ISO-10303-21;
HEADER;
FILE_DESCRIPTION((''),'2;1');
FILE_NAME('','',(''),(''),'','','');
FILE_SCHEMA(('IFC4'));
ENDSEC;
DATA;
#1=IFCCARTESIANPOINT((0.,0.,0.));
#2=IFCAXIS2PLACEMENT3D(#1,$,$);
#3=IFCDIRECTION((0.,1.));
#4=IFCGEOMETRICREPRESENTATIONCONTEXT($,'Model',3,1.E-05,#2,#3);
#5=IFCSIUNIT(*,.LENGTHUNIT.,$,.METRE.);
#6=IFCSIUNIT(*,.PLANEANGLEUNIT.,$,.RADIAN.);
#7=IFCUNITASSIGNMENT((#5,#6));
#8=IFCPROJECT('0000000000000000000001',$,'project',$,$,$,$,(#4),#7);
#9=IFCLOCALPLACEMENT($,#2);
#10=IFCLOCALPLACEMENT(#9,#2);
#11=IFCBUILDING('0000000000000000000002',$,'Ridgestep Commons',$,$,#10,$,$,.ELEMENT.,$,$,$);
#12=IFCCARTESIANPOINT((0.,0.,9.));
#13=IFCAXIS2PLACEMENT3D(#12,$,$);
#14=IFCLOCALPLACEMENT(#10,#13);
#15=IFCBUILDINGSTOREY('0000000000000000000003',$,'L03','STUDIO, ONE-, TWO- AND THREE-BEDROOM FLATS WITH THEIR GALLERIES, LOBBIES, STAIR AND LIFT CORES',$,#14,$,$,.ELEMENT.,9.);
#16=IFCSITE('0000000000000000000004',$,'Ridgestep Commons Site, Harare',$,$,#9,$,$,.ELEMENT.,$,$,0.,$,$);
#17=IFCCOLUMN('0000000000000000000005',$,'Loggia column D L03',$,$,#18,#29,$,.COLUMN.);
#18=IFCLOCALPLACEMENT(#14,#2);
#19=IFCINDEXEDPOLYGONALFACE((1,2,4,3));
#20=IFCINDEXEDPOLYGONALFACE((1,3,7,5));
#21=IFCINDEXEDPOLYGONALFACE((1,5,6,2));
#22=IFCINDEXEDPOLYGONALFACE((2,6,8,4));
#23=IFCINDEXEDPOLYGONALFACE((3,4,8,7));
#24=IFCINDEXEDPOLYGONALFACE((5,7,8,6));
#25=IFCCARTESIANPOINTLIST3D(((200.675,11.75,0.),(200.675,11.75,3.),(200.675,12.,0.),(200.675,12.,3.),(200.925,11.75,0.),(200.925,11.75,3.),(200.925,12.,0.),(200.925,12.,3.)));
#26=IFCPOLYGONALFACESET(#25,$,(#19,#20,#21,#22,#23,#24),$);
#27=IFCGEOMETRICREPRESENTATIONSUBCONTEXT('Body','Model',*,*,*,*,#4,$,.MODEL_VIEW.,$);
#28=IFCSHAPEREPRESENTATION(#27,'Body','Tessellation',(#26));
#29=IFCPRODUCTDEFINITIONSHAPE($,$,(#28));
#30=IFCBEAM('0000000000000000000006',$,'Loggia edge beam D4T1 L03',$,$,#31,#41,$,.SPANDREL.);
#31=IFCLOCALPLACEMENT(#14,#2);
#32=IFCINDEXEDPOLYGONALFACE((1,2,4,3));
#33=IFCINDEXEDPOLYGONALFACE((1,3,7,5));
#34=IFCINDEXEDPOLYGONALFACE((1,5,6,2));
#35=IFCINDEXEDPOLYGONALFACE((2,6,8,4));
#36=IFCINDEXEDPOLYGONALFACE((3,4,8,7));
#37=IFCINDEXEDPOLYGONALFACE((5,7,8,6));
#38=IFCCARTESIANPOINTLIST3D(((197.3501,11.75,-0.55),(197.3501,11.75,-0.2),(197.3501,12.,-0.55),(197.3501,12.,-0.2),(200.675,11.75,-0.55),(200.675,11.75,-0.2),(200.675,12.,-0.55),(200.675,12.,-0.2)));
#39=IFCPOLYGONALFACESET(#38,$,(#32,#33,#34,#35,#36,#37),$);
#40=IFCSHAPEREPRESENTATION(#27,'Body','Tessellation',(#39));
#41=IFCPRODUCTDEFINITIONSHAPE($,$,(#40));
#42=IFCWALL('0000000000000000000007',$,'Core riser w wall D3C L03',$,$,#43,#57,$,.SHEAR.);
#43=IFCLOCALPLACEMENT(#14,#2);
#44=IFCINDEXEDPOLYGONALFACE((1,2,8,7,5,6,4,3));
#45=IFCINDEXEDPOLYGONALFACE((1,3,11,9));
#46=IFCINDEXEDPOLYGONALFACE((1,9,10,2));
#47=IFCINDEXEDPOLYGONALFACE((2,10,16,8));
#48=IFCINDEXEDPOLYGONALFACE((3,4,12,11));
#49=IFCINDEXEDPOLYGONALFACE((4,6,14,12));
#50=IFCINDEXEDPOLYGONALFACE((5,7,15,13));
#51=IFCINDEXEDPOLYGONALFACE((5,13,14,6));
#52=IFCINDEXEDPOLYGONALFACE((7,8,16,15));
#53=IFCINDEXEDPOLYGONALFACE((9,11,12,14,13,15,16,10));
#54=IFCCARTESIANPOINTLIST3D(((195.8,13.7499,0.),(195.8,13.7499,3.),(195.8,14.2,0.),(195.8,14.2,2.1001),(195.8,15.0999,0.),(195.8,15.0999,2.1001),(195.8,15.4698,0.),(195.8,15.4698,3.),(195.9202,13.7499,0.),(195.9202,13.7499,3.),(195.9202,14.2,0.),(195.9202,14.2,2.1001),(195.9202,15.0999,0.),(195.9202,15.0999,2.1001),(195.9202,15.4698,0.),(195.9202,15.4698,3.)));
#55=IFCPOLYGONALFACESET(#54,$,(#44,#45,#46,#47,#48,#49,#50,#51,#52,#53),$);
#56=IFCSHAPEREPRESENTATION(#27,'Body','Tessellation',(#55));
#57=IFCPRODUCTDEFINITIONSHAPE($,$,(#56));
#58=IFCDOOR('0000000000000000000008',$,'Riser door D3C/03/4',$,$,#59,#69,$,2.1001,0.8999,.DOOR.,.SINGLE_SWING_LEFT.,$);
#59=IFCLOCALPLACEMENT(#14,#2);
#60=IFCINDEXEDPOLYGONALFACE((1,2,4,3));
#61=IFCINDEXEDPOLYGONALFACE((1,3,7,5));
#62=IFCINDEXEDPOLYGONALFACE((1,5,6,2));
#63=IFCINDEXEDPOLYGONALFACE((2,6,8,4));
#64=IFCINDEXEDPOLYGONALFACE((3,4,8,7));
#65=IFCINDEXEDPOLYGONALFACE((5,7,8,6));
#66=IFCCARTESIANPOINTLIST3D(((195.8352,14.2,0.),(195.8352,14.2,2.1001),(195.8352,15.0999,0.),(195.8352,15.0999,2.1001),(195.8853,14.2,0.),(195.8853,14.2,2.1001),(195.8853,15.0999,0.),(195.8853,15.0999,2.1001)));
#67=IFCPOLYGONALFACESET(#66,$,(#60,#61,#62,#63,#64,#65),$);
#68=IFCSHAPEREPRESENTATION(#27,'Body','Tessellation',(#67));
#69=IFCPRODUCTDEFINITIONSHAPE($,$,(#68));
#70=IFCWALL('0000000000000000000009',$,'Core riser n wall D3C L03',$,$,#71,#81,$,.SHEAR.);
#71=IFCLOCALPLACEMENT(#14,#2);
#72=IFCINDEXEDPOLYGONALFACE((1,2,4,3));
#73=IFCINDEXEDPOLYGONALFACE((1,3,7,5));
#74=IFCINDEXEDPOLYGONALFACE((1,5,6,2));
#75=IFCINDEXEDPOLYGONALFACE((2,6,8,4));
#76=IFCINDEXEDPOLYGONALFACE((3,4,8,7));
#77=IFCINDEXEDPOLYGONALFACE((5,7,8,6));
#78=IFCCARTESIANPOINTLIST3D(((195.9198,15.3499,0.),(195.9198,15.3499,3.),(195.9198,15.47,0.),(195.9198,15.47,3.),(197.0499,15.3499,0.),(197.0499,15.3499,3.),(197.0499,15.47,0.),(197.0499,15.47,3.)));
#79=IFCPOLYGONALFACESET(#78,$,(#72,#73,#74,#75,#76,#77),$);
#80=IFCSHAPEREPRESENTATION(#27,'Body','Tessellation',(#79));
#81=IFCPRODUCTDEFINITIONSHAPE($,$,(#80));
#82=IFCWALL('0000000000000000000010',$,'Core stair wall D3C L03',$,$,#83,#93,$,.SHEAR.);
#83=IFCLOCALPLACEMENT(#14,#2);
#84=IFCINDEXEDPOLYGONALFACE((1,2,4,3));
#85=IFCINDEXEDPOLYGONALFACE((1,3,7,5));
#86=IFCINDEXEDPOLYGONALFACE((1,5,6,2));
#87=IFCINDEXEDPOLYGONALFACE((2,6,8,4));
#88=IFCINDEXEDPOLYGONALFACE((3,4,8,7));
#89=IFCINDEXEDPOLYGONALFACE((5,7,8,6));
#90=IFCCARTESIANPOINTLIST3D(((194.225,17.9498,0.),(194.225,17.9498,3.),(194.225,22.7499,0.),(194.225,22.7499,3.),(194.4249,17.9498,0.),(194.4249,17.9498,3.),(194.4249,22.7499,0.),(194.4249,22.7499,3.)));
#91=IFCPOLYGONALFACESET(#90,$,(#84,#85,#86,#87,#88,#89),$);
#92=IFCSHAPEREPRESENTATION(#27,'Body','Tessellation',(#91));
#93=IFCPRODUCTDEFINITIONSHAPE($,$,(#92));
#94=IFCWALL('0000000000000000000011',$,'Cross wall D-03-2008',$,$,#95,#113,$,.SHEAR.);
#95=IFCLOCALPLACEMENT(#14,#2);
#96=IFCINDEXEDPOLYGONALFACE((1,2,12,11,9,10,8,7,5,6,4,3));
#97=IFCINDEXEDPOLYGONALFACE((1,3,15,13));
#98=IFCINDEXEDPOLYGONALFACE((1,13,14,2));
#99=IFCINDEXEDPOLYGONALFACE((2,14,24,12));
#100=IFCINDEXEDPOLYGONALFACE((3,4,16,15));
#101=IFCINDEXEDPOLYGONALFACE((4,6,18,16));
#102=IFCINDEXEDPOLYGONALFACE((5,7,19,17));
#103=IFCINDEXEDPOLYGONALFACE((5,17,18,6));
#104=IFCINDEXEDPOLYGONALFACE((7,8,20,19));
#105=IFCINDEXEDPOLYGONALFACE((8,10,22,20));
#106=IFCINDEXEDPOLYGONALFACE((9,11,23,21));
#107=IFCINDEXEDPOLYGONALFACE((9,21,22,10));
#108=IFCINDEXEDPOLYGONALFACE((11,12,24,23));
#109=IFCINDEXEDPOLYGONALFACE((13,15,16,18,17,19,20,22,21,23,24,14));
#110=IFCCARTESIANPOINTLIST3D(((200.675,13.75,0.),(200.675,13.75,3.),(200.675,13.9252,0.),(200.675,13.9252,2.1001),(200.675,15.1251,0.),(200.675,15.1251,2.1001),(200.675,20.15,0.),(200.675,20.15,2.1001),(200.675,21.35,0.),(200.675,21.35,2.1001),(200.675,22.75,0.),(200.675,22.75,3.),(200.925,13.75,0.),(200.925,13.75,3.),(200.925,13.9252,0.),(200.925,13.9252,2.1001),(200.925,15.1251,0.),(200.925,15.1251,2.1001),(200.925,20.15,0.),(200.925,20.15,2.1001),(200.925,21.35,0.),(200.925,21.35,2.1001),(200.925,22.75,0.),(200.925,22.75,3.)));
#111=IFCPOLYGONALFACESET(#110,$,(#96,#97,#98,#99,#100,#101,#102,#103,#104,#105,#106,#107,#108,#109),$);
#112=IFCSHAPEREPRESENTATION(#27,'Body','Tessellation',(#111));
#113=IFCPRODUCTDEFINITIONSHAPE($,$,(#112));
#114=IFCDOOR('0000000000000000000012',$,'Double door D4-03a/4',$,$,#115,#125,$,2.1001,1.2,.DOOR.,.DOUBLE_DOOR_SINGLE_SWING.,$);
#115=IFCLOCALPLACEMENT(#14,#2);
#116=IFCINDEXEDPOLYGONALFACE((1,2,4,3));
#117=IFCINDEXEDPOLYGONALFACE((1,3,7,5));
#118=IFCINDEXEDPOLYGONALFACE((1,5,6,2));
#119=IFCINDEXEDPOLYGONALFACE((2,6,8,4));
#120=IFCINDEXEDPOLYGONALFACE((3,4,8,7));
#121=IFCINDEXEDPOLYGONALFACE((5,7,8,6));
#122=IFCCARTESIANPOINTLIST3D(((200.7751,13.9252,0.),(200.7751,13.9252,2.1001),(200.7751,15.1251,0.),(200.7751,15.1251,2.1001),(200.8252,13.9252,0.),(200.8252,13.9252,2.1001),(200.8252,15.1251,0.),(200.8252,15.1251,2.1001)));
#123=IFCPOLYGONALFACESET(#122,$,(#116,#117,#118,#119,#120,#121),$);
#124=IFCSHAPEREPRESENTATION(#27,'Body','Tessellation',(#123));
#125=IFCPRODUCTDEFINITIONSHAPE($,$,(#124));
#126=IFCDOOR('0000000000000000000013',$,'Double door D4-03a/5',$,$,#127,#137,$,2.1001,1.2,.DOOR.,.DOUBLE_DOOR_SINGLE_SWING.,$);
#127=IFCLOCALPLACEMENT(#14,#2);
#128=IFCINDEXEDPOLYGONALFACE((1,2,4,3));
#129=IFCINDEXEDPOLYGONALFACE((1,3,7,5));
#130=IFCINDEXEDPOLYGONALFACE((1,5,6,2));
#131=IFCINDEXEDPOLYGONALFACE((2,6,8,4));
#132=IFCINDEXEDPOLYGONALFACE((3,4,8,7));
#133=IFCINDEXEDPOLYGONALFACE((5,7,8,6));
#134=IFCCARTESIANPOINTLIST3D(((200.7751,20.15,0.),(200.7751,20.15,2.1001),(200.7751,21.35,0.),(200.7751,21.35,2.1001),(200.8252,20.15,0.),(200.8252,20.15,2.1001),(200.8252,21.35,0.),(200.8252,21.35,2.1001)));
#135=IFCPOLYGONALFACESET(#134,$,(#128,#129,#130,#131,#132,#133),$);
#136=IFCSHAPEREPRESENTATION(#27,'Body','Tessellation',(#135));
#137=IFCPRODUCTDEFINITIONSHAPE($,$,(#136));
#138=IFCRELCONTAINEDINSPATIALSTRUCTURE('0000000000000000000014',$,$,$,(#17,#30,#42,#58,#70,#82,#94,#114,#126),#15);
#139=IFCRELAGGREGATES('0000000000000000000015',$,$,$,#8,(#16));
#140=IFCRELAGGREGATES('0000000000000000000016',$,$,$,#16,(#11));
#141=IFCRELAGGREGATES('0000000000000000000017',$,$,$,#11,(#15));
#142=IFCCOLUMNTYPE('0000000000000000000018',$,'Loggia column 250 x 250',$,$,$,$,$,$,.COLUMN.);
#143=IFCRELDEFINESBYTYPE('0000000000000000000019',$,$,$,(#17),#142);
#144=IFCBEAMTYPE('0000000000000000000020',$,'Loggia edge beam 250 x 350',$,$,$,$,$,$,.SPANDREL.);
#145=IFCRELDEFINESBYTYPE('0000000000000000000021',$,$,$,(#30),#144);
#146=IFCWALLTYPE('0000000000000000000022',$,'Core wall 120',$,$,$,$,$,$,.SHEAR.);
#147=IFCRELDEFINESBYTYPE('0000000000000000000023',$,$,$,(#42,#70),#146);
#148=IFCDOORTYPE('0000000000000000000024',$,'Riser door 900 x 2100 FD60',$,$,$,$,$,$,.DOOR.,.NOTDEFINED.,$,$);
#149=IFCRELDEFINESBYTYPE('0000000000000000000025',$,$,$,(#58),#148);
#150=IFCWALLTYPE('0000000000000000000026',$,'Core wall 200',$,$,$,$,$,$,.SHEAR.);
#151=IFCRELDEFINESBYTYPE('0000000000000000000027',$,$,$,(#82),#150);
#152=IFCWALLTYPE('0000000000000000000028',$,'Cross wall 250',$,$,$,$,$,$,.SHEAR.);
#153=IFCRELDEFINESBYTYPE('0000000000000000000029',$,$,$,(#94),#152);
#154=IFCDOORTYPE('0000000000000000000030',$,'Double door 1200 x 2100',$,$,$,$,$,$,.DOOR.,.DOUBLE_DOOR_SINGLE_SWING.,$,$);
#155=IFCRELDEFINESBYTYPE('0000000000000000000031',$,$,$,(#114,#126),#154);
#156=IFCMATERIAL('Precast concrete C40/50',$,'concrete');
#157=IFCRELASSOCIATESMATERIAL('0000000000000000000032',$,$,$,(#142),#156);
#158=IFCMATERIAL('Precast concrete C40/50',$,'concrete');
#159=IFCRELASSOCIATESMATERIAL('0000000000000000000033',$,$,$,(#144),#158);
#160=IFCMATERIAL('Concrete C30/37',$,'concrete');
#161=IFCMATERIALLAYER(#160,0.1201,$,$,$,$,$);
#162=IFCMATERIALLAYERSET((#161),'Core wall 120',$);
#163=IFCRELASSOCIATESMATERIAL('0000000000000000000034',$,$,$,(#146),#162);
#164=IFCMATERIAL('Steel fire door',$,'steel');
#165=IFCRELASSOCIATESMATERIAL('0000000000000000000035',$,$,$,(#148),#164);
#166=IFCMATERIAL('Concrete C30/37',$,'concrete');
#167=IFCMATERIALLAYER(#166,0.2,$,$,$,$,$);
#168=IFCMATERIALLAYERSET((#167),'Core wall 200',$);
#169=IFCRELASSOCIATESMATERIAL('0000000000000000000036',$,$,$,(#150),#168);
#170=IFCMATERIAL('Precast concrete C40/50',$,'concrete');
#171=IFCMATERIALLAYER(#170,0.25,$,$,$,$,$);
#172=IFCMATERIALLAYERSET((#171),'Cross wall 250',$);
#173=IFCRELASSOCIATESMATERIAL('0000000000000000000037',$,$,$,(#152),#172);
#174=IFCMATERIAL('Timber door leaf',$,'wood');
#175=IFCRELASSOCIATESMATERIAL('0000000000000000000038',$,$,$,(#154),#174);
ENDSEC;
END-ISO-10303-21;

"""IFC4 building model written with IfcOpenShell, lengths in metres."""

from ifc_helpers import new_model, si_unit, direction, frame, frame_2d, origin, origin_2d, place, context, subcontext, project, spatial, rectangle, extrude, material, layer, layer_set, material_profile, profile_set, type_object, element, fill, save


model = new_model("IFC4")

# Units and contexts
model_context = context("Model", 3, precision=1e-05, world=origin(), true_north=direction((0.0, 1.0)))
body_context = subcontext(model_context, "Body", "Model", "MODEL_VIEW")
ifc_project = project(units=[si_unit("LENGTHUNIT", "METRE"), si_unit("PLANEANGLEUNIT", "RADIAN")], contexts=[model_context])

# Site, building, storey
site_placement = place(None, origin())
site = spatial("IfcSite", under=ifc_project, at=site_placement, Name="Ridgestep Commons Site, Harare", CompositionType="ELEMENT", RefElevation=0.0)
building_placement = place(site_placement, origin())
building = spatial("IfcBuilding", under=site, at=building_placement, Name="Ridgestep Commons", CompositionType="ELEMENT")
storey_placement = place(building_placement, frame((0.0, 0.0, 9.0)))
storey = spatial("IfcBuildingStorey", under=building, at=storey_placement, Name="L03", Description="STUDIO, ONE-, TWO- AND THREE-BEDROOM FLATS WITH THEIR GALLERIES, LOBBIES, STAIR AND LIFT CORES", CompositionType="ELEMENT", Elevation=9.0)

# Column
ifc_material_1 = material(Name="Precast concrete C40/50", Category="concrete")
ifc_material_profile_1 = material_profile(ifc_material_1, rectangle(XDim=0.25, YDim=0.25, at=origin_2d()), Name="PC 250x250")
ifc_profile_set_1 = profile_set([ifc_material_profile_1], Name="Precast concrete C40/50")
column_type = type_object("IfcColumnType", Name="Loggia column 250 x 250", PredefinedType="COLUMN", material=ifc_profile_set_1)
column_placement = place(storey_placement, frame((200.8, 11.875, 0.0), z_axis=(0.0, 0.0, 1.0), x_axis=(1.0, 0.0, 0.0)))
element("IfcColumn", 1, at=column_placement, inside=storey, type_object=column_type, Name="Loggia column D L03", PredefinedType="COLUMN", context=body_context, shape_type="SweptSolid", body=[
    extrude(rectangle(XDim=0.25, YDim=0.25, at=origin_2d()), origin(), (0.0, 0.0, 1.0), 3.0),
])

# Beam
ifc_material_2 = material(Name="Precast concrete C40/50", Category="concrete")
ifc_material_profile_2 = material_profile(ifc_material_2, rectangle(XDim=0.25, YDim=0.3501, at=origin_2d()), Name="PC 250x350")
ifc_profile_set_2 = profile_set([ifc_material_profile_2], Name="Precast concrete C40/50")
beam_type = type_object("IfcBeamType", Name="Loggia edge beam 250 x 350", PredefinedType="SPANDREL", material=ifc_profile_set_2)
beam_placement = place(storey_placement, frame((197.3501, 11.875, -0.375), z_axis=(1.0, 0.0, 0.0), x_axis=(0.0, 1.0, 0.0)))
element("IfcBeam", 2, at=beam_placement, inside=storey, type_object=beam_type, Name="Loggia edge beam D4T1 L03", PredefinedType="SPANDREL", context=body_context, shape_type="SweptSolid", body=[
    extrude(rectangle(XDim=0.25, YDim=0.3501, at=origin_2d()), origin(), (0.0, 0.0, 1.0), 3.325),
])

# Wall, opening, door
ifc_material_3 = material(Name="Concrete C30/37", Category="concrete")
ifc_layer_1 = layer(ifc_material_3, 0.1201)
ifc_layer_set_1 = layer_set([ifc_layer_1], Name="Core wall 120")
wall_type_1 = type_object("IfcWallType", Name="Core wall 120", PredefinedType="SHEAR", material=ifc_layer_set_1)
wall_1_placement = place(storey_placement, frame((195.8601, 13.75, 0.0), z_axis=(0.0, 0.0, 1.0), x_axis=(0.0, 1.0, 0.0)))
wall_1 = element("IfcWall", 3, at=wall_1_placement, inside=storey, type_object=wall_type_1, Name="Core riser w wall D3C L03", PredefinedType="SHEAR", context=body_context, shape_type="SweptSolid", body=[
    extrude(rectangle(XDim=1.72, YDim=0.1201, at=frame_2d((0.8599, 0.0))), origin(), (0.0, 0.0, 1.0), 3.0),
])
opening_1_placement = place(wall_1_placement, frame((0.45, 0.0, 0.0)))
opening_1 = element("IfcOpeningElement", 4, at=opening_1_placement, cuts=wall_1, PredefinedType="OPENING", context=body_context, shape_type="SweptSolid", body=[
    extrude(rectangle(XDim=0.8999, YDim=2.1001, at=frame_2d((0.45, 1.05))), frame((0.0, 0.0701, 0.0), z_axis=(0.0, -1.0, 0.0), x_axis=(1.0, 0.0, 0.0)), (0.0, 0.0, 1.0), 0.1401),
])
ifc_material_4 = material(Name="Steel fire door", Category="steel")
door_type_1 = type_object("IfcDoorType", Name="Riser door 900 x 2100 FD60", OperationType="NOTDEFINED", PredefinedType="DOOR", material=ifc_material_4)
door_1_placement = place(opening_1_placement, origin())
door_1 = element("IfcDoor", 5, at=door_1_placement, inside=storey, type_object=door_type_1, Name="Riser door D3C/03/4", OperationType="SINGLE_SWING_LEFT", OverallHeight=2.1001, OverallWidth=0.8999, PredefinedType="DOOR", context=body_context, shape_type="SweptSolid", body=[
    extrude(rectangle(XDim=0.8999, YDim=2.1001, at=frame_2d((0.45, 1.05))), frame((0.0, 0.0249, 0.0), z_axis=(0.0, -1.0, 0.0), x_axis=(1.0, 0.0, 0.0)), (0.0, 0.0, 1.0), 0.05),
])
fill(opening_1, door_1)

# Walls
wall_2_placement = place(storey_placement, frame((195.9199, 15.4099, 0.0), z_axis=(0.0, 0.0, 1.0), x_axis=(1.0, 0.0, 0.0)))
element("IfcWall", 6, at=wall_2_placement, inside=storey, type_object=wall_type_1, Name="Core riser n wall D3C L03", PredefinedType="SHEAR", context=body_context, shape_type="SweptSolid", body=[
    extrude(rectangle(XDim=1.1301, YDim=0.1201, at=frame_2d((0.5649, 0.0))), origin(), (0.0, 0.0, 1.0), 3.0),
])
ifc_material_5 = material(Name="Concrete C30/37", Category="concrete")
ifc_layer_2 = layer(ifc_material_5, 0.2)
ifc_layer_set_2 = layer_set([ifc_layer_2], Name="Core wall 200")
wall_type_2 = type_object("IfcWallType", Name="Core wall 200", PredefinedType="SHEAR", material=ifc_layer_set_2)
wall_3_placement = place(storey_placement, frame((194.325, 17.95, 0.0), z_axis=(0.0, 0.0, 1.0), x_axis=(0.0, 1.0, 0.0)))
element("IfcWall", 7, at=wall_3_placement, inside=storey, type_object=wall_type_2, Name="Core stair wall D3C L03", PredefinedType="SHEAR", context=body_context, shape_type="SweptSolid", body=[
    extrude(rectangle(XDim=4.8, YDim=0.2, at=frame_2d((2.3999, 0.0))), origin(), (0.0, 0.0, 1.0), 3.0),
])

# Wall, openings, doors
ifc_material_6 = material(Name="Precast concrete C40/50", Category="concrete")
ifc_layer_3 = layer(ifc_material_6, 0.25)
ifc_layer_set_3 = layer_set([ifc_layer_3], Name="Cross wall 250")
wall_type_3 = type_object("IfcWallType", Name="Cross wall 250", PredefinedType="SHEAR", material=ifc_layer_set_3)
wall_4_placement = place(storey_placement, frame((200.8, 13.75, 0.0), z_axis=(0.0, 0.0, 1.0), x_axis=(0.0, 1.0, 0.0)))
wall_4 = element("IfcWall", 8, at=wall_4_placement, inside=storey, type_object=wall_type_3, Name="Cross wall D-03-2008", PredefinedType="SHEAR", context=body_context, shape_type="SweptSolid", body=[
    extrude(rectangle(XDim=9.0, YDim=0.25, at=frame_2d((4.5, 0.0))), origin(), (0.0, 0.0, 1.0), 3.0),
])
opening_2_placement = place(wall_4_placement, frame((0.175, 0.0, 0.0)))
opening_2 = element("IfcOpeningElement", 9, at=opening_2_placement, cuts=wall_4, PredefinedType="OPENING", context=body_context, shape_type="SweptSolid", body=[
    extrude(rectangle(XDim=1.2, YDim=2.1001, at=frame_2d((0.6001, 1.05))), frame((0.0, 0.135, 0.0), z_axis=(0.0, -1.0, 0.0), x_axis=(1.0, 0.0, 0.0)), (0.0, 0.0, 1.0), 0.27),
])
opening_3_placement = place(wall_4_placement, frame((6.3999, 0.0, 0.0)))
opening_3 = element("IfcOpeningElement", 10, at=opening_3_placement, cuts=wall_4, PredefinedType="OPENING", context=body_context, shape_type="SweptSolid", body=[
    extrude(rectangle(XDim=1.2, YDim=2.1001, at=frame_2d((0.6001, 1.05))), frame((0.0, 0.135, 0.0), z_axis=(0.0, -1.0, 0.0), x_axis=(1.0, 0.0, 0.0)), (0.0, 0.0, 1.0), 0.27),
])
ifc_material_7 = material(Name="Timber door leaf", Category="wood")
door_type_2 = type_object("IfcDoorType", Name="Double door 1200 x 2100", OperationType="DOUBLE_DOOR_SINGLE_SWING", PredefinedType="DOOR", material=ifc_material_7)
door_2_placement = place(opening_2_placement, origin())
door_2 = element("IfcDoor", 11, at=door_2_placement, inside=storey, type_object=door_type_2, Name="Double door D4-03a/4", OperationType="DOUBLE_DOOR_SINGLE_SWING", OverallHeight=2.1001, OverallWidth=1.2, PredefinedType="DOOR", context=body_context, shape_type="SweptSolid", body=[
    extrude(rectangle(XDim=1.2, YDim=2.1001, at=frame_2d((0.6001, 1.05))), frame((0.0, 0.0249, 0.0), z_axis=(0.0, -1.0, 0.0), x_axis=(1.0, 0.0, 0.0)), (0.0, 0.0, 1.0), 0.05),
])
fill(opening_2, door_2)
door_3_placement = place(opening_3_placement, origin())
door_3 = element("IfcDoor", 12, at=door_3_placement, inside=storey, type_object=door_type_2, Name="Double door D4-03a/5", OperationType="DOUBLE_DOOR_SINGLE_SWING", OverallHeight=2.1001, OverallWidth=1.2, PredefinedType="DOOR", context=body_context, shape_type="SweptSolid", body=[
    extrude(rectangle(XDim=1.2, YDim=2.1001, at=frame_2d((0.6001, 1.05))), frame((0.0, 0.0249, 0.0), z_axis=(0.0, -1.0, 0.0), x_axis=(1.0, 0.0, 0.0)), (0.0, 0.0, 1.0), 0.05),
])
fill(opening_3, door_3)

save(model, "model.ifc")
